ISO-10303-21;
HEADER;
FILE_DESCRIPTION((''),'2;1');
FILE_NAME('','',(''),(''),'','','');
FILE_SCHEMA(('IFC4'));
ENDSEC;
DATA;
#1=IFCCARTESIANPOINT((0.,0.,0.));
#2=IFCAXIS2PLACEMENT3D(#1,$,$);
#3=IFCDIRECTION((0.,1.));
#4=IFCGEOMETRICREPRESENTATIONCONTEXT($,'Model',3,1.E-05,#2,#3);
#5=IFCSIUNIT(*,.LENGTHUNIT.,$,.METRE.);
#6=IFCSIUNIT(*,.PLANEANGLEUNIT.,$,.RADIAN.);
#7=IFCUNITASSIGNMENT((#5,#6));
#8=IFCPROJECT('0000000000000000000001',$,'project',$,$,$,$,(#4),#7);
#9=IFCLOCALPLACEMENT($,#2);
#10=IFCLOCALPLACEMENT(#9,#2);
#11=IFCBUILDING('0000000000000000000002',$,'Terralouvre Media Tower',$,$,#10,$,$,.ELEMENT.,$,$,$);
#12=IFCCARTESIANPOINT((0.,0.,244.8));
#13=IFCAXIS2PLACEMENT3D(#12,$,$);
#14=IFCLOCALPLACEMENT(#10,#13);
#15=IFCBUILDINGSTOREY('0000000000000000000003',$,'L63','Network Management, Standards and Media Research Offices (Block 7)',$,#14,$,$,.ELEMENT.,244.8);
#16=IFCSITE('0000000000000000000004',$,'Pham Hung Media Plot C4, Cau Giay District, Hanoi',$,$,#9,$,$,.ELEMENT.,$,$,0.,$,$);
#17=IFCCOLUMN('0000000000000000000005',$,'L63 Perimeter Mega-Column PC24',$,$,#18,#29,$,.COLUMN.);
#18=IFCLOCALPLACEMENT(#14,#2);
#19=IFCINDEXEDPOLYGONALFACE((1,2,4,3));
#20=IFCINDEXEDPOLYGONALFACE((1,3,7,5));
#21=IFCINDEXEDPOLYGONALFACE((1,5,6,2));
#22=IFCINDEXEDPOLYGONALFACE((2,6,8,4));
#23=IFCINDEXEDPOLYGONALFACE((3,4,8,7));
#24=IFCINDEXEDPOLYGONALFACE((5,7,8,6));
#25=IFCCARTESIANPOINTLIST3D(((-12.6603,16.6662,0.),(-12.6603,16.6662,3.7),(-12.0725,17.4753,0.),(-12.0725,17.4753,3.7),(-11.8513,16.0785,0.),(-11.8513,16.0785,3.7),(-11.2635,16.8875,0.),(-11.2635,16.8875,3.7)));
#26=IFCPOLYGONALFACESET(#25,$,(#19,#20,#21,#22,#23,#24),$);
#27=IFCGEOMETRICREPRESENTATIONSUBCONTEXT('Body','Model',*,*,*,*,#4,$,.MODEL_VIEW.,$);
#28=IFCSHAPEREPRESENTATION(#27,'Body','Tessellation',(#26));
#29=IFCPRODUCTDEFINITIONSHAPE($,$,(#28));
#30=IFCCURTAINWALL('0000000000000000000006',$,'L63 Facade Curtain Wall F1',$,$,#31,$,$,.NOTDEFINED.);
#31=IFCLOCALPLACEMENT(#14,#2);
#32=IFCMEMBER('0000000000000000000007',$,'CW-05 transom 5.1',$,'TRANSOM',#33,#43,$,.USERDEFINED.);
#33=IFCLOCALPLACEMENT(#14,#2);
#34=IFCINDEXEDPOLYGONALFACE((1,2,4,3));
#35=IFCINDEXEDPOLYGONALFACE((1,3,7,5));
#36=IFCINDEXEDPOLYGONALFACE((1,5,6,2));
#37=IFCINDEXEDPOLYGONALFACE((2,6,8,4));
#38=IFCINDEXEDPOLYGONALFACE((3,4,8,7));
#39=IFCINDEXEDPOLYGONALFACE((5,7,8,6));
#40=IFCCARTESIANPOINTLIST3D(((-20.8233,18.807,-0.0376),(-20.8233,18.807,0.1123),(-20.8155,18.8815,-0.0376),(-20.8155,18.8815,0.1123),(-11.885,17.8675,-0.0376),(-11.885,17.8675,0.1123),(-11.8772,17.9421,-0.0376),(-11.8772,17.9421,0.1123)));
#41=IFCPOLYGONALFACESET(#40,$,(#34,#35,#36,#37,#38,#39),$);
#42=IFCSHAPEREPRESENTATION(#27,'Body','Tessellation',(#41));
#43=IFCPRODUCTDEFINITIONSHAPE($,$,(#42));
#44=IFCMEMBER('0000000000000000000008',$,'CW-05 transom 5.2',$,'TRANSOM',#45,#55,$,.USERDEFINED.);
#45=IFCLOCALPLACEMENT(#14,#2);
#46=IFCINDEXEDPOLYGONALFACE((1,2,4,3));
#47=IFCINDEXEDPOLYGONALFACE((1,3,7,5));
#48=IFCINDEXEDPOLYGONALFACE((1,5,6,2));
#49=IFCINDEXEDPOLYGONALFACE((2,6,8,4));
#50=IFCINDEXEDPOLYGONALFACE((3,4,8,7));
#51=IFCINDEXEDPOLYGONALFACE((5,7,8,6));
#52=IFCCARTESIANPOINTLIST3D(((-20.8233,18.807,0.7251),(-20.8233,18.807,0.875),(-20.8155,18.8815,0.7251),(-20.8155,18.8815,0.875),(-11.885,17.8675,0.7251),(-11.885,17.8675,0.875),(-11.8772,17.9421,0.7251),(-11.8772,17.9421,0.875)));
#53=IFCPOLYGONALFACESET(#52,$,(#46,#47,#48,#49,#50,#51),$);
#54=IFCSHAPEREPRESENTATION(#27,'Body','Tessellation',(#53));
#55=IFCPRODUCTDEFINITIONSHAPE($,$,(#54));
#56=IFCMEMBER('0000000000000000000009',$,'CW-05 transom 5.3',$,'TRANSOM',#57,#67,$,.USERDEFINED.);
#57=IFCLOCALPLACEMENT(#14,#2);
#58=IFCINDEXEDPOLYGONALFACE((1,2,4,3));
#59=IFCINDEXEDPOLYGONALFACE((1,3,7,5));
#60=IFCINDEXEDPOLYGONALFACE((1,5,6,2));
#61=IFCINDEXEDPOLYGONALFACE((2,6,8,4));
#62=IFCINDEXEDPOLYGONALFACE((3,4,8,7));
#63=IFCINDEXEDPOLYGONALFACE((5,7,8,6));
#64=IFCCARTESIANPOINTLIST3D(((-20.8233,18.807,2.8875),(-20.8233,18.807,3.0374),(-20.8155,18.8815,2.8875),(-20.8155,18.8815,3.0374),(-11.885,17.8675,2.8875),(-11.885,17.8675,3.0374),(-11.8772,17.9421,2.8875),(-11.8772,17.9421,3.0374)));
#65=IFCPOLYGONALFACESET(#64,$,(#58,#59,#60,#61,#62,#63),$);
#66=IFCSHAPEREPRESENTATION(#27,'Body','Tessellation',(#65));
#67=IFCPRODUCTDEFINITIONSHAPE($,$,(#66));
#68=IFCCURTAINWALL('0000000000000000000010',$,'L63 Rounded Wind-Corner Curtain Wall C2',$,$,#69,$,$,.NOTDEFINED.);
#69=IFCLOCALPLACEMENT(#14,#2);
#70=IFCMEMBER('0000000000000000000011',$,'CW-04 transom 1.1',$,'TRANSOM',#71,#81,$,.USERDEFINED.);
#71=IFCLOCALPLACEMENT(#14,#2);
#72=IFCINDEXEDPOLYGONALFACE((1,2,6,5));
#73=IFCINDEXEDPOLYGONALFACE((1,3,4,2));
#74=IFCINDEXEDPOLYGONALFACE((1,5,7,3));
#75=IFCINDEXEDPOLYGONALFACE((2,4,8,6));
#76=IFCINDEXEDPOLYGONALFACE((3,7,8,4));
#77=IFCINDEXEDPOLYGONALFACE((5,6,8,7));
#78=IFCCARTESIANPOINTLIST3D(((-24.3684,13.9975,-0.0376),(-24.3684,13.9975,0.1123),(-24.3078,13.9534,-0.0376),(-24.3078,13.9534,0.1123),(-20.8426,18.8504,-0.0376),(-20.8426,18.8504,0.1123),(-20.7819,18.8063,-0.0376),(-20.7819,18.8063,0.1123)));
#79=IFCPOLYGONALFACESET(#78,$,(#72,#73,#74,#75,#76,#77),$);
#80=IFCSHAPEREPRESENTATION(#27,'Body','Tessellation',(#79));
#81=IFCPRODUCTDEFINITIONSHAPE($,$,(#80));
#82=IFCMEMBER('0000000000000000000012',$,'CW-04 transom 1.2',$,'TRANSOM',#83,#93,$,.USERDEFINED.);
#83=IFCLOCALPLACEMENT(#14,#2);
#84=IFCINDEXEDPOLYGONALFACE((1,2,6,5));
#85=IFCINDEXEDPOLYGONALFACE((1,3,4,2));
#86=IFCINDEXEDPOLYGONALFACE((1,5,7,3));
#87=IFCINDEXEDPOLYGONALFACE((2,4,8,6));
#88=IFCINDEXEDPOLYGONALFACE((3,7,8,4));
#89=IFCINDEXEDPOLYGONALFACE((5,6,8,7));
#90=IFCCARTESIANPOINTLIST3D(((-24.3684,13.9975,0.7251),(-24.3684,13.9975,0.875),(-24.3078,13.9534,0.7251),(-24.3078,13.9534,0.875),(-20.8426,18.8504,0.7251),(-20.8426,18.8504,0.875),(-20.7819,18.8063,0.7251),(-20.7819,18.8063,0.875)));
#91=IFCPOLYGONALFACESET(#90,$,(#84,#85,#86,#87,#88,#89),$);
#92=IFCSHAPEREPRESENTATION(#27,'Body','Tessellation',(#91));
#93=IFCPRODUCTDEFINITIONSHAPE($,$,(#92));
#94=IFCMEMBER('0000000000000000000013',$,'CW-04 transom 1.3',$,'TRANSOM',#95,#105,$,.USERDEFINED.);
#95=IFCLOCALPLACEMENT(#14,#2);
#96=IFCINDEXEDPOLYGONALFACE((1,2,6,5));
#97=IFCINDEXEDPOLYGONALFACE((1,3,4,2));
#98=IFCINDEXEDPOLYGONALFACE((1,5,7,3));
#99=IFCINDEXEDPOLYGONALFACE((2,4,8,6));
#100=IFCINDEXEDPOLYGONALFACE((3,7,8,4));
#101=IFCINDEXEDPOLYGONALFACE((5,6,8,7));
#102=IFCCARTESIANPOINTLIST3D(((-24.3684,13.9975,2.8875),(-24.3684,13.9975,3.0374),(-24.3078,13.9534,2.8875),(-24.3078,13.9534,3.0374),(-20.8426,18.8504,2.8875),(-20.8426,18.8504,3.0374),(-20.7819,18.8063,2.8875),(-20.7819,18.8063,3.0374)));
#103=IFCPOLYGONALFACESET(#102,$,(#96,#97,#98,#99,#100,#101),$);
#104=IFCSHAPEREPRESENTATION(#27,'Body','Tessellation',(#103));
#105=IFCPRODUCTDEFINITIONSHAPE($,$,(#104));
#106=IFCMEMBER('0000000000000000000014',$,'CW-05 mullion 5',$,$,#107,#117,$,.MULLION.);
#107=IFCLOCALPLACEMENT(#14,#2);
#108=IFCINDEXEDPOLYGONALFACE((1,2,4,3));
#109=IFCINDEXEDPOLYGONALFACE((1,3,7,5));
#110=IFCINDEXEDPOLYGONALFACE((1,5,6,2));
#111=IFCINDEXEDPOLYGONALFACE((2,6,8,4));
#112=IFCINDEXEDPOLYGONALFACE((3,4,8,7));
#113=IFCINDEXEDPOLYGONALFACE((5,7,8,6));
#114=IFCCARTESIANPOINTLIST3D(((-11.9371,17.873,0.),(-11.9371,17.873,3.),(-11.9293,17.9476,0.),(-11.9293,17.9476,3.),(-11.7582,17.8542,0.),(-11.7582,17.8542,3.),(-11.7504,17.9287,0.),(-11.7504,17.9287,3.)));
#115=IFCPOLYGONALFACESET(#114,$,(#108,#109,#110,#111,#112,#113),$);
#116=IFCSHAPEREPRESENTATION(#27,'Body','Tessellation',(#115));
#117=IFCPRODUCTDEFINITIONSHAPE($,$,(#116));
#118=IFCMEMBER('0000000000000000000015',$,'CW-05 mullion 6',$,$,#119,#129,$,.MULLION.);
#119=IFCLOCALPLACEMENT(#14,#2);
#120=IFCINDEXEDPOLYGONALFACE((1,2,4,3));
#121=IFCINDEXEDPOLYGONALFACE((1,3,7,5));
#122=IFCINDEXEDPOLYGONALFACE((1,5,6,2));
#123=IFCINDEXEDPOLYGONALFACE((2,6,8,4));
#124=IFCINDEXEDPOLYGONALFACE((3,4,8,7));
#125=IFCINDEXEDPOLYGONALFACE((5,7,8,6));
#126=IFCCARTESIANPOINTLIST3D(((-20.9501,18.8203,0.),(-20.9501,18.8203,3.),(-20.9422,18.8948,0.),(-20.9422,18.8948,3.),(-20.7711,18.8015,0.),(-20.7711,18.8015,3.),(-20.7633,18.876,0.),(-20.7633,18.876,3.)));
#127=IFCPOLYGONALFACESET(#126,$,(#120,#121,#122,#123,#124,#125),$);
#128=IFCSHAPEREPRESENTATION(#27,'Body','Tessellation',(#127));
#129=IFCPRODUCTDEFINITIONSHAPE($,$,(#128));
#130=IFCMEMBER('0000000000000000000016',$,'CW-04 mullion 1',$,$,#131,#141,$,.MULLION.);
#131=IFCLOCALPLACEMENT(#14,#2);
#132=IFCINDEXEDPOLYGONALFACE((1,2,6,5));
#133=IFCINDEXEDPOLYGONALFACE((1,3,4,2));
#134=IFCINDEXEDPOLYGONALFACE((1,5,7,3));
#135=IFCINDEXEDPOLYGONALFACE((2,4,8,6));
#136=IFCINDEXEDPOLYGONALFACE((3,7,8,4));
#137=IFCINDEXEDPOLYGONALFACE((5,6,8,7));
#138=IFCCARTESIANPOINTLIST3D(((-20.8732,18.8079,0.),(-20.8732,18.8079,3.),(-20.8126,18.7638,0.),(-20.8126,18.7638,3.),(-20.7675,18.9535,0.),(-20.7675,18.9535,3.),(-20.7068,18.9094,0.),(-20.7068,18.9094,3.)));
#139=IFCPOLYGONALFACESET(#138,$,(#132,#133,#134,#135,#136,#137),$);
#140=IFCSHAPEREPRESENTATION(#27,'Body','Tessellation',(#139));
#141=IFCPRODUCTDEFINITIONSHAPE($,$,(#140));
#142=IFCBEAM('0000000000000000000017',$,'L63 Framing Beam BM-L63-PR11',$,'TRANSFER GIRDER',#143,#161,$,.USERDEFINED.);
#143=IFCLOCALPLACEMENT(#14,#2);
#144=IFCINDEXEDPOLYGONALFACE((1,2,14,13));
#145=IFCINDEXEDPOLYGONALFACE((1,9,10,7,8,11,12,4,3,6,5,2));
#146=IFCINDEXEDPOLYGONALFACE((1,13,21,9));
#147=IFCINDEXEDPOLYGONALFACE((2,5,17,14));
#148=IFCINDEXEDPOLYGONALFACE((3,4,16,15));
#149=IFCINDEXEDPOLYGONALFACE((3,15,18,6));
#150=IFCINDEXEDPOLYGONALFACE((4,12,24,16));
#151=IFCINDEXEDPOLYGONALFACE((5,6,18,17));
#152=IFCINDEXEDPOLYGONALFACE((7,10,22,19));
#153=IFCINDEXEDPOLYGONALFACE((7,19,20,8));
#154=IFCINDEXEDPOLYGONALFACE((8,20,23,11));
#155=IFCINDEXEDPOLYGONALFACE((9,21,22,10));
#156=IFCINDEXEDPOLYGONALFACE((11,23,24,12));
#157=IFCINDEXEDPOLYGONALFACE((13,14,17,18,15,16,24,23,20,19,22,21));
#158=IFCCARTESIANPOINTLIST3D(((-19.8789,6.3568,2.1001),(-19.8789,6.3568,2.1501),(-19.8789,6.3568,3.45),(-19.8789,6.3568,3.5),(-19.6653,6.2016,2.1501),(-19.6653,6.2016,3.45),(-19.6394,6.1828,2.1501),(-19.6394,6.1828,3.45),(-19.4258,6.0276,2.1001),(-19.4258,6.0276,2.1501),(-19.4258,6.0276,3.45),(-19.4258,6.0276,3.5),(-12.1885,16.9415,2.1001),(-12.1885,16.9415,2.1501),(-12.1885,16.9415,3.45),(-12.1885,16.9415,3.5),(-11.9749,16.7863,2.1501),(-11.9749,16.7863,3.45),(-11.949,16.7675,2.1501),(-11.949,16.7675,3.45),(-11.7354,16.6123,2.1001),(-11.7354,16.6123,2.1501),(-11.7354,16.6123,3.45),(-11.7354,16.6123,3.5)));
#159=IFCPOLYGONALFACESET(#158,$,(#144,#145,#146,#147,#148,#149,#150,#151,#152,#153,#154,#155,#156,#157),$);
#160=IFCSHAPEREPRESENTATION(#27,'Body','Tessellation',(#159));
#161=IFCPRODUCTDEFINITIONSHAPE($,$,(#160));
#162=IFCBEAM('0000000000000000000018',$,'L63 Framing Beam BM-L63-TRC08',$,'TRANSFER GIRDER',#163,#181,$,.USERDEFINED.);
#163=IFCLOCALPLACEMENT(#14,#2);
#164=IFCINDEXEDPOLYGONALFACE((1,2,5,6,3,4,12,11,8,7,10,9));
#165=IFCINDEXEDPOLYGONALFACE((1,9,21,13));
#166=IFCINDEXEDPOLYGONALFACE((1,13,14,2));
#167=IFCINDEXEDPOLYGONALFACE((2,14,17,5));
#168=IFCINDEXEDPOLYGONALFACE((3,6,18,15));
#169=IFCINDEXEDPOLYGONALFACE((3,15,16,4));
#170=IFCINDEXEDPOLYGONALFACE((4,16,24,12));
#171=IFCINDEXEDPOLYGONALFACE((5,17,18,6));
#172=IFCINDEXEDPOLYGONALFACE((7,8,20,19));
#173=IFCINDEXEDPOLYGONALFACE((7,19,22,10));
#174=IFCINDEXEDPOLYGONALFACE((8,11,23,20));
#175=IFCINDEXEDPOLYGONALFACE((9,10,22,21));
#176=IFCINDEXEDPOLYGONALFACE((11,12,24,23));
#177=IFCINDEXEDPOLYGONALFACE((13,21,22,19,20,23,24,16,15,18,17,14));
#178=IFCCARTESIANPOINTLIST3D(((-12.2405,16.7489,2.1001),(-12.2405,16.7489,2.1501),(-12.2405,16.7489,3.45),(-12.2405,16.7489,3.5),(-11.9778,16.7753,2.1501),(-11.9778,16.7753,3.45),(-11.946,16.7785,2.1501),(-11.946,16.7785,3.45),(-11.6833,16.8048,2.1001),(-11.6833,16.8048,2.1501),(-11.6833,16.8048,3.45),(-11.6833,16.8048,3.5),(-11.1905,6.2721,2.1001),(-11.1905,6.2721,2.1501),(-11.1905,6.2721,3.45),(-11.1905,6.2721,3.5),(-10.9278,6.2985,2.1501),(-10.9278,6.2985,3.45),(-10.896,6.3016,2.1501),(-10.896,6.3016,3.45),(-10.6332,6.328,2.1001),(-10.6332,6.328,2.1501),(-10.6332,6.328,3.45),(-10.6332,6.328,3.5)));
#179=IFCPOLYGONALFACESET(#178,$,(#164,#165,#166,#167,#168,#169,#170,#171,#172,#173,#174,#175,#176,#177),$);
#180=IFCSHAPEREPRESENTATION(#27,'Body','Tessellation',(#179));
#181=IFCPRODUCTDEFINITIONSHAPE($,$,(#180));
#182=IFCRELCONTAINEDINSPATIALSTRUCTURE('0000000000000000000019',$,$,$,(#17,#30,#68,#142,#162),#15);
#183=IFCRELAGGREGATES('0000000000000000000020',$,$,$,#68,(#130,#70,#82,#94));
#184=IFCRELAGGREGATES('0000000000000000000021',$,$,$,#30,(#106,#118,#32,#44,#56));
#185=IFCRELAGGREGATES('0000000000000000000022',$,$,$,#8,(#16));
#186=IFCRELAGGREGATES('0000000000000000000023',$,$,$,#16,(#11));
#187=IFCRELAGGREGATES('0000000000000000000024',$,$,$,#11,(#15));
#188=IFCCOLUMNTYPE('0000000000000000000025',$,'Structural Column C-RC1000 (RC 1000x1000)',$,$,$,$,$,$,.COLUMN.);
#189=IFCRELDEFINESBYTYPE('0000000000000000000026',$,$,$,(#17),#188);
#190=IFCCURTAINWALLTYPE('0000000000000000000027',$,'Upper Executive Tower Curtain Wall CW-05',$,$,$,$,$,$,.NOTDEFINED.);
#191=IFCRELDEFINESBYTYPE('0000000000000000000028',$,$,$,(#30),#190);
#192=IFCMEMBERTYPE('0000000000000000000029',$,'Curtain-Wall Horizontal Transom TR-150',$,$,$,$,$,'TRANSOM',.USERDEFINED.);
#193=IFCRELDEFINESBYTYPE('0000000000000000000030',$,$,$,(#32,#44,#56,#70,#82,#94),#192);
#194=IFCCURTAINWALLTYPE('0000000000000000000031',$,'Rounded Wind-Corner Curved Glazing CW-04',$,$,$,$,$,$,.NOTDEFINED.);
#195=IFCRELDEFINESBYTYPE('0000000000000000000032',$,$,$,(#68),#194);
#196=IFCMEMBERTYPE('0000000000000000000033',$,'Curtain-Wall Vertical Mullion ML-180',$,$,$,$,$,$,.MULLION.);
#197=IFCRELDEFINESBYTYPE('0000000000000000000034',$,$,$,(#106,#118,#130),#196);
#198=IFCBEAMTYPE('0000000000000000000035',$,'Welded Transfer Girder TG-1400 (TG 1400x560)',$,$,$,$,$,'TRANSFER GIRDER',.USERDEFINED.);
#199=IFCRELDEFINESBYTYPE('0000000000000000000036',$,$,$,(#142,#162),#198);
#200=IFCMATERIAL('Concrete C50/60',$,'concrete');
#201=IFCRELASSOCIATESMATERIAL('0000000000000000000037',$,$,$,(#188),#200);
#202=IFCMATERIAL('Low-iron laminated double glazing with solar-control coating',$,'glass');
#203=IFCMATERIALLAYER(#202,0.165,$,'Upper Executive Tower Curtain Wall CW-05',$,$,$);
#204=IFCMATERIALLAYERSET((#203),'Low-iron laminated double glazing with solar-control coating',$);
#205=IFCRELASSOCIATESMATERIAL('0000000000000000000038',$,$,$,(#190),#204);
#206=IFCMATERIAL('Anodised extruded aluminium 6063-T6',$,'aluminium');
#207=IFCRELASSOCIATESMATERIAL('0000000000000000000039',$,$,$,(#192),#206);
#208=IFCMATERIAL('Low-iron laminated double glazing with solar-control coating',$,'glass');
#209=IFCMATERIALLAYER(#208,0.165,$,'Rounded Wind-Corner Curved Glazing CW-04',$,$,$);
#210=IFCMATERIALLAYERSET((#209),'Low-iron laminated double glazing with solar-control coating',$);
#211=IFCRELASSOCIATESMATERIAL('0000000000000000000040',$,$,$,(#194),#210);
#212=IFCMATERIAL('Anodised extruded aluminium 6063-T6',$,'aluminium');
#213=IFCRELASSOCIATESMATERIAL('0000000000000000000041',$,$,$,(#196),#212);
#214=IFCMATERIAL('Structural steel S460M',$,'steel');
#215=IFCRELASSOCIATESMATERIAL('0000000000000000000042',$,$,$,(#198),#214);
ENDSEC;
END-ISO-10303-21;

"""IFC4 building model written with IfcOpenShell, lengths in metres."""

from ifc_helpers import new_model, si_unit, direction, frame, origin, origin_2d, place, context, subcontext, project, spatial, rectangle, i_section, extrude, material, layer, layer_set, material_profile, profile_set, type_object, element, aggregate, save


model = new_model("IFC4")

# Units and contexts
model_context = context("Model", 3, precision=1e-05, world=origin(), true_north=direction((0.0, 1.0)))
body_context = subcontext(model_context, "Body", "Model", "MODEL_VIEW")
ifc_project = project(units=[si_unit("LENGTHUNIT", "METRE"), si_unit("PLANEANGLEUNIT", "RADIAN")], contexts=[model_context])

# Site, building, storey
site_placement = place(None, origin())
site = spatial("IfcSite", under=ifc_project, at=site_placement, Name="Pham Hung Media Plot C4, Cau Giay District, Hanoi", CompositionType="ELEMENT", RefElevation=0.0)
building_placement = place(site_placement, origin())
building = spatial("IfcBuilding", under=site, at=building_placement, Name="Terralouvre Media Tower", CompositionType="ELEMENT")
storey_placement = place(building_placement, frame((0.0, 0.0, 244.8)))
storey = spatial("IfcBuildingStorey", under=building, at=storey_placement, Name="L63", Description="Network Management, Standards and Media Research Offices (Block 7)", CompositionType="ELEMENT", Elevation=244.8)

# Column
ifc_material_1 = material(Name="Concrete C50/60", Category="concrete")
ifc_material_profile_1 = material_profile(ifc_material_1, rectangle(XDim=1.0, YDim=1.0, at=origin_2d()), Name="RC 1000x1000")
ifc_profile_set_1 = profile_set([ifc_material_profile_1], Name="Concrete C50/60")
column_type = type_object("IfcColumnType", Name="Structural Column C-RC1000 (RC 1000x1000)", PredefinedType="COLUMN", material=ifc_profile_set_1)
column_placement = place(storey_placement, frame((-11.9619, 16.7769, 0.0), z_axis=(0.0, 0.0, 1.0), x_axis=(0.587785, 0.809017, 0.0)))
element("IfcColumn", 1, at=column_placement, inside=storey, type_object=column_type, Name="L63 Perimeter Mega-Column PC24", PredefinedType="COLUMN", context=body_context, shape_type="SweptSolid", body=[
    extrude(rectangle(XDim=1.0, YDim=1.0, at=origin_2d()), origin(), (0.0, 0.0, 1.0), 3.7),
])

# Curtain walls, members
ifc_material_2 = material(Name="Low-iron laminated double glazing with solar-control coating", Category="glass")
ifc_layer_1 = layer(ifc_material_2, 0.165, Name="Upper Executive Tower Curtain Wall CW-05")
ifc_layer_set_1 = layer_set([ifc_layer_1], Name="Low-iron laminated double glazing with solar-control coating")
curtain_wall_type_1 = type_object("IfcCurtainWallType", Name="Upper Executive Tower Curtain Wall CW-05", PredefinedType="NOTDEFINED", material=ifc_layer_set_1)
curtain_wall_1_placement = place(storey_placement, origin())
curtain_wall_1 = element("IfcCurtainWall", 2, at=curtain_wall_1_placement, inside=storey, type_object=curtain_wall_type_1, Name="L63 Facade Curtain Wall F1", PredefinedType="NOTDEFINED")
ifc_material_3 = material(Name="Anodised extruded aluminium 6063-T6", Category="aluminium")
ifc_material_profile_2 = material_profile(ifc_material_3, rectangle(XDim=0.075, YDim=0.1499, at=origin_2d()), Name="ALU 75x150")
ifc_profile_set_2 = profile_set([ifc_material_profile_2], Name="Anodised extruded aluminium 6063-T6")
member_type_1 = type_object("IfcMemberType", Name="Curtain-Wall Horizontal Transom TR-150", ElementType="TRANSOM", PredefinedType="USERDEFINED", material=ifc_profile_set_2)
member_1_placement = place(storey_placement, frame((-11.8811, 17.9048, 0.0374), z_axis=(-0.994522, 0.104529, 0.0), x_axis=(-0.104529, -0.994522, 0.0)))
member_1 = element("IfcMember", 3, at=member_1_placement, type_object=member_type_1, Name="CW-05 transom 5.1", ObjectType="TRANSOM", PredefinedType="USERDEFINED", context=body_context, shape_type="SweptSolid", body=[
    extrude(rectangle(XDim=0.075, YDim=0.1499, at=origin_2d()), origin(), (0.0, 0.0, 1.0), 8.9875),
])
member_2_placement = place(storey_placement, frame((-11.8811, 17.9048, 0.8), z_axis=(-0.994522, 0.104529, 0.0), x_axis=(-0.104529, -0.994522, 0.0)))
member_2 = element("IfcMember", 4, at=member_2_placement, type_object=member_type_1, Name="CW-05 transom 5.2", ObjectType="TRANSOM", PredefinedType="USERDEFINED", context=body_context, shape_type="SweptSolid", body=[
    extrude(rectangle(XDim=0.075, YDim=0.1499, at=origin_2d()), origin(), (0.0, 0.0, 1.0), 8.9875),
])
member_3_placement = place(storey_placement, frame((-11.8811, 17.9048, 2.9624), z_axis=(-0.994522, 0.104529, 0.0), x_axis=(-0.104529, -0.994522, 0.0)))
member_3 = element("IfcMember", 5, at=member_3_placement, type_object=member_type_1, Name="CW-05 transom 5.3", ObjectType="TRANSOM", PredefinedType="USERDEFINED", context=body_context, shape_type="SweptSolid", body=[
    extrude(rectangle(XDim=0.075, YDim=0.1499, at=origin_2d()), origin(), (0.0, 0.0, 1.0), 8.9875),
])
ifc_material_4 = material(Name="Low-iron laminated double glazing with solar-control coating", Category="glass")
ifc_layer_2 = layer(ifc_material_4, 0.165, Name="Rounded Wind-Corner Curved Glazing CW-04")
ifc_layer_set_2 = layer_set([ifc_layer_2], Name="Low-iron laminated double glazing with solar-control coating")
curtain_wall_type_2 = type_object("IfcCurtainWallType", Name="Rounded Wind-Corner Curved Glazing CW-04", PredefinedType="NOTDEFINED", material=ifc_layer_set_2)
curtain_wall_2_placement = place(storey_placement, origin())
curtain_wall_2 = element("IfcCurtainWall", 6, at=curtain_wall_2_placement, inside=storey, type_object=curtain_wall_type_2, Name="L63 Rounded Wind-Corner Curtain Wall C2", PredefinedType="NOTDEFINED")
member_4_placement = place(storey_placement, frame((-20.8123, 18.8284, 0.0374), z_axis=(-0.58778, -0.809021, 0.0), x_axis=(0.809021, -0.58778, 0.0)))
member_4 = element("IfcMember", 7, at=member_4_placement, type_object=member_type_1, Name="CW-04 transom 1.1", ObjectType="TRANSOM", PredefinedType="USERDEFINED", context=body_context, shape_type="SweptSolid", body=[
    extrude(rectangle(XDim=0.075, YDim=0.1499, at=origin_2d()), origin(), (0.0, 0.0, 1.0), 5.9985),
])
member_5_placement = place(storey_placement, frame((-20.8123, 18.8284, 0.8), z_axis=(-0.58778, -0.809021, 0.0), x_axis=(0.809021, -0.58778, 0.0)))
member_5 = element("IfcMember", 8, at=member_5_placement, type_object=member_type_1, Name="CW-04 transom 1.2", ObjectType="TRANSOM", PredefinedType="USERDEFINED", context=body_context, shape_type="SweptSolid", body=[
    extrude(rectangle(XDim=0.075, YDim=0.1499, at=origin_2d()), origin(), (0.0, 0.0, 1.0), 5.9985),
])
member_6_placement = place(storey_placement, frame((-20.8123, 18.8284, 2.9624), z_axis=(-0.58778, -0.809021, 0.0), x_axis=(0.809021, -0.58778, 0.0)))
member_6 = element("IfcMember", 9, at=member_6_placement, type_object=member_type_1, Name="CW-04 transom 1.3", ObjectType="TRANSOM", PredefinedType="USERDEFINED", context=body_context, shape_type="SweptSolid", body=[
    extrude(rectangle(XDim=0.075, YDim=0.1499, at=origin_2d()), origin(), (0.0, 0.0, 1.0), 5.9985),
])

# Members
ifc_material_5 = material(Name="Anodised extruded aluminium 6063-T6", Category="aluminium")
ifc_material_profile_3 = material_profile(ifc_material_5, rectangle(XDim=0.075, YDim=0.1799, at=origin_2d()), Name="ALU 75x180")
ifc_profile_set_3 = profile_set([ifc_material_profile_3], Name="Anodised extruded aluminium 6063-T6")
member_type_2 = type_object("IfcMemberType", Name="Curtain-Wall Vertical Mullion ML-180", PredefinedType="MULLION", material=ifc_profile_set_3)
member_7_placement = place(storey_placement, frame((-11.8438, 17.9009, 0.0), z_axis=(0.0, 0.0, 1.0), x_axis=(-0.104529, -0.994522, 0.0)))
member_7 = element("IfcMember", 10, at=member_7_placement, type_object=member_type_2, Name="CW-05 mullion 5", PredefinedType="MULLION", context=body_context, shape_type="SweptSolid", body=[
    extrude(rectangle(XDim=0.075, YDim=0.1799, at=origin_2d()), origin(), (0.0, 0.0, 1.0), 3.0),
])
member_8_placement = place(storey_placement, frame((-20.8567, 18.8481, 0.0), z_axis=(0.0, 0.0, 1.0), x_axis=(-0.104529, -0.994522, 0.0)))
member_8 = element("IfcMember", 11, at=member_8_placement, type_object=member_type_2, Name="CW-05 mullion 6", PredefinedType="MULLION", context=body_context, shape_type="SweptSolid", body=[
    extrude(rectangle(XDim=0.075, YDim=0.1799, at=origin_2d()), origin(), (0.0, 0.0, 1.0), 3.0),
])
member_9_placement = place(storey_placement, frame((-20.79, 18.8586, 0.0), z_axis=(0.0, 0.0, 1.0), x_axis=(0.809017, -0.587786, 0.0)))
member_9 = element("IfcMember", 12, at=member_9_placement, type_object=member_type_2, Name="CW-04 mullion 1", PredefinedType="MULLION", context=body_context, shape_type="SweptSolid", body=[
    extrude(rectangle(XDim=0.075, YDim=0.1799, at=origin_2d()), origin(), (0.0, 0.0, 1.0), 3.0),
])

# Beams
ifc_material_6 = material(Name="Structural steel S460M", Category="steel")
ifc_material_profile_4 = material_profile(ifc_material_6, i_section(OverallWidth=0.5601, OverallDepth=1.3999, WebThickness=0.032, FlangeThickness=0.05, at=origin_2d()), Name="TG 1400x560")
ifc_profile_set_4 = profile_set([ifc_material_profile_4], Name="Structural steel S460M")
beam_type = type_object("IfcBeamType", Name="Welded Transfer Girder TG-1400 (TG 1400x560)", ElementType="TRANSFER GIRDER", PredefinedType="USERDEFINED", material=ifc_profile_set_4)
beam_1_placement = place(storey_placement, frame((-11.9619, 16.7769, 2.8), z_axis=(-0.587794, -0.80901, 0.0), x_axis=(0.80901, -0.587794, 0.0)))
element("IfcBeam", 13, at=beam_1_placement, inside=storey, type_object=beam_type, Name="L63 Framing Beam BM-L63-PR11", ObjectType="TRANSFER GIRDER", PredefinedType="USERDEFINED", context=body_context, shape_type="SweptSolid", body=[
    extrude(i_section(OverallWidth=0.5601, OverallDepth=1.3999, WebThickness=0.032, FlangeThickness=0.05, at=origin_2d()), origin(), (0.0, 0.0, 1.0), 13.0835),
])
beam_2_placement = place(storey_placement, frame((-11.9619, 16.7769, 2.8), z_axis=(0.099726, -0.995015, 0.0), x_axis=(0.995015, 0.099726, 0.0)))
element("IfcBeam", 14, at=beam_2_placement, inside=storey, type_object=beam_type, Name="L63 Framing Beam BM-L63-TRC08", ObjectType="TRANSFER GIRDER", PredefinedType="USERDEFINED", context=body_context, shape_type="SweptSolid", body=[
    extrude(i_section(OverallWidth=0.5601, OverallDepth=1.3999, WebThickness=0.032, FlangeThickness=0.05, at=origin_2d()), origin(), (0.0, 0.0, 1.0), 10.5293),
])

aggregate(curtain_wall_2, [member_9, member_4, member_5, member_6])
aggregate(curtain_wall_1, [member_7, member_8, member_1, member_2, member_3])

save(model, "model.ifc")
